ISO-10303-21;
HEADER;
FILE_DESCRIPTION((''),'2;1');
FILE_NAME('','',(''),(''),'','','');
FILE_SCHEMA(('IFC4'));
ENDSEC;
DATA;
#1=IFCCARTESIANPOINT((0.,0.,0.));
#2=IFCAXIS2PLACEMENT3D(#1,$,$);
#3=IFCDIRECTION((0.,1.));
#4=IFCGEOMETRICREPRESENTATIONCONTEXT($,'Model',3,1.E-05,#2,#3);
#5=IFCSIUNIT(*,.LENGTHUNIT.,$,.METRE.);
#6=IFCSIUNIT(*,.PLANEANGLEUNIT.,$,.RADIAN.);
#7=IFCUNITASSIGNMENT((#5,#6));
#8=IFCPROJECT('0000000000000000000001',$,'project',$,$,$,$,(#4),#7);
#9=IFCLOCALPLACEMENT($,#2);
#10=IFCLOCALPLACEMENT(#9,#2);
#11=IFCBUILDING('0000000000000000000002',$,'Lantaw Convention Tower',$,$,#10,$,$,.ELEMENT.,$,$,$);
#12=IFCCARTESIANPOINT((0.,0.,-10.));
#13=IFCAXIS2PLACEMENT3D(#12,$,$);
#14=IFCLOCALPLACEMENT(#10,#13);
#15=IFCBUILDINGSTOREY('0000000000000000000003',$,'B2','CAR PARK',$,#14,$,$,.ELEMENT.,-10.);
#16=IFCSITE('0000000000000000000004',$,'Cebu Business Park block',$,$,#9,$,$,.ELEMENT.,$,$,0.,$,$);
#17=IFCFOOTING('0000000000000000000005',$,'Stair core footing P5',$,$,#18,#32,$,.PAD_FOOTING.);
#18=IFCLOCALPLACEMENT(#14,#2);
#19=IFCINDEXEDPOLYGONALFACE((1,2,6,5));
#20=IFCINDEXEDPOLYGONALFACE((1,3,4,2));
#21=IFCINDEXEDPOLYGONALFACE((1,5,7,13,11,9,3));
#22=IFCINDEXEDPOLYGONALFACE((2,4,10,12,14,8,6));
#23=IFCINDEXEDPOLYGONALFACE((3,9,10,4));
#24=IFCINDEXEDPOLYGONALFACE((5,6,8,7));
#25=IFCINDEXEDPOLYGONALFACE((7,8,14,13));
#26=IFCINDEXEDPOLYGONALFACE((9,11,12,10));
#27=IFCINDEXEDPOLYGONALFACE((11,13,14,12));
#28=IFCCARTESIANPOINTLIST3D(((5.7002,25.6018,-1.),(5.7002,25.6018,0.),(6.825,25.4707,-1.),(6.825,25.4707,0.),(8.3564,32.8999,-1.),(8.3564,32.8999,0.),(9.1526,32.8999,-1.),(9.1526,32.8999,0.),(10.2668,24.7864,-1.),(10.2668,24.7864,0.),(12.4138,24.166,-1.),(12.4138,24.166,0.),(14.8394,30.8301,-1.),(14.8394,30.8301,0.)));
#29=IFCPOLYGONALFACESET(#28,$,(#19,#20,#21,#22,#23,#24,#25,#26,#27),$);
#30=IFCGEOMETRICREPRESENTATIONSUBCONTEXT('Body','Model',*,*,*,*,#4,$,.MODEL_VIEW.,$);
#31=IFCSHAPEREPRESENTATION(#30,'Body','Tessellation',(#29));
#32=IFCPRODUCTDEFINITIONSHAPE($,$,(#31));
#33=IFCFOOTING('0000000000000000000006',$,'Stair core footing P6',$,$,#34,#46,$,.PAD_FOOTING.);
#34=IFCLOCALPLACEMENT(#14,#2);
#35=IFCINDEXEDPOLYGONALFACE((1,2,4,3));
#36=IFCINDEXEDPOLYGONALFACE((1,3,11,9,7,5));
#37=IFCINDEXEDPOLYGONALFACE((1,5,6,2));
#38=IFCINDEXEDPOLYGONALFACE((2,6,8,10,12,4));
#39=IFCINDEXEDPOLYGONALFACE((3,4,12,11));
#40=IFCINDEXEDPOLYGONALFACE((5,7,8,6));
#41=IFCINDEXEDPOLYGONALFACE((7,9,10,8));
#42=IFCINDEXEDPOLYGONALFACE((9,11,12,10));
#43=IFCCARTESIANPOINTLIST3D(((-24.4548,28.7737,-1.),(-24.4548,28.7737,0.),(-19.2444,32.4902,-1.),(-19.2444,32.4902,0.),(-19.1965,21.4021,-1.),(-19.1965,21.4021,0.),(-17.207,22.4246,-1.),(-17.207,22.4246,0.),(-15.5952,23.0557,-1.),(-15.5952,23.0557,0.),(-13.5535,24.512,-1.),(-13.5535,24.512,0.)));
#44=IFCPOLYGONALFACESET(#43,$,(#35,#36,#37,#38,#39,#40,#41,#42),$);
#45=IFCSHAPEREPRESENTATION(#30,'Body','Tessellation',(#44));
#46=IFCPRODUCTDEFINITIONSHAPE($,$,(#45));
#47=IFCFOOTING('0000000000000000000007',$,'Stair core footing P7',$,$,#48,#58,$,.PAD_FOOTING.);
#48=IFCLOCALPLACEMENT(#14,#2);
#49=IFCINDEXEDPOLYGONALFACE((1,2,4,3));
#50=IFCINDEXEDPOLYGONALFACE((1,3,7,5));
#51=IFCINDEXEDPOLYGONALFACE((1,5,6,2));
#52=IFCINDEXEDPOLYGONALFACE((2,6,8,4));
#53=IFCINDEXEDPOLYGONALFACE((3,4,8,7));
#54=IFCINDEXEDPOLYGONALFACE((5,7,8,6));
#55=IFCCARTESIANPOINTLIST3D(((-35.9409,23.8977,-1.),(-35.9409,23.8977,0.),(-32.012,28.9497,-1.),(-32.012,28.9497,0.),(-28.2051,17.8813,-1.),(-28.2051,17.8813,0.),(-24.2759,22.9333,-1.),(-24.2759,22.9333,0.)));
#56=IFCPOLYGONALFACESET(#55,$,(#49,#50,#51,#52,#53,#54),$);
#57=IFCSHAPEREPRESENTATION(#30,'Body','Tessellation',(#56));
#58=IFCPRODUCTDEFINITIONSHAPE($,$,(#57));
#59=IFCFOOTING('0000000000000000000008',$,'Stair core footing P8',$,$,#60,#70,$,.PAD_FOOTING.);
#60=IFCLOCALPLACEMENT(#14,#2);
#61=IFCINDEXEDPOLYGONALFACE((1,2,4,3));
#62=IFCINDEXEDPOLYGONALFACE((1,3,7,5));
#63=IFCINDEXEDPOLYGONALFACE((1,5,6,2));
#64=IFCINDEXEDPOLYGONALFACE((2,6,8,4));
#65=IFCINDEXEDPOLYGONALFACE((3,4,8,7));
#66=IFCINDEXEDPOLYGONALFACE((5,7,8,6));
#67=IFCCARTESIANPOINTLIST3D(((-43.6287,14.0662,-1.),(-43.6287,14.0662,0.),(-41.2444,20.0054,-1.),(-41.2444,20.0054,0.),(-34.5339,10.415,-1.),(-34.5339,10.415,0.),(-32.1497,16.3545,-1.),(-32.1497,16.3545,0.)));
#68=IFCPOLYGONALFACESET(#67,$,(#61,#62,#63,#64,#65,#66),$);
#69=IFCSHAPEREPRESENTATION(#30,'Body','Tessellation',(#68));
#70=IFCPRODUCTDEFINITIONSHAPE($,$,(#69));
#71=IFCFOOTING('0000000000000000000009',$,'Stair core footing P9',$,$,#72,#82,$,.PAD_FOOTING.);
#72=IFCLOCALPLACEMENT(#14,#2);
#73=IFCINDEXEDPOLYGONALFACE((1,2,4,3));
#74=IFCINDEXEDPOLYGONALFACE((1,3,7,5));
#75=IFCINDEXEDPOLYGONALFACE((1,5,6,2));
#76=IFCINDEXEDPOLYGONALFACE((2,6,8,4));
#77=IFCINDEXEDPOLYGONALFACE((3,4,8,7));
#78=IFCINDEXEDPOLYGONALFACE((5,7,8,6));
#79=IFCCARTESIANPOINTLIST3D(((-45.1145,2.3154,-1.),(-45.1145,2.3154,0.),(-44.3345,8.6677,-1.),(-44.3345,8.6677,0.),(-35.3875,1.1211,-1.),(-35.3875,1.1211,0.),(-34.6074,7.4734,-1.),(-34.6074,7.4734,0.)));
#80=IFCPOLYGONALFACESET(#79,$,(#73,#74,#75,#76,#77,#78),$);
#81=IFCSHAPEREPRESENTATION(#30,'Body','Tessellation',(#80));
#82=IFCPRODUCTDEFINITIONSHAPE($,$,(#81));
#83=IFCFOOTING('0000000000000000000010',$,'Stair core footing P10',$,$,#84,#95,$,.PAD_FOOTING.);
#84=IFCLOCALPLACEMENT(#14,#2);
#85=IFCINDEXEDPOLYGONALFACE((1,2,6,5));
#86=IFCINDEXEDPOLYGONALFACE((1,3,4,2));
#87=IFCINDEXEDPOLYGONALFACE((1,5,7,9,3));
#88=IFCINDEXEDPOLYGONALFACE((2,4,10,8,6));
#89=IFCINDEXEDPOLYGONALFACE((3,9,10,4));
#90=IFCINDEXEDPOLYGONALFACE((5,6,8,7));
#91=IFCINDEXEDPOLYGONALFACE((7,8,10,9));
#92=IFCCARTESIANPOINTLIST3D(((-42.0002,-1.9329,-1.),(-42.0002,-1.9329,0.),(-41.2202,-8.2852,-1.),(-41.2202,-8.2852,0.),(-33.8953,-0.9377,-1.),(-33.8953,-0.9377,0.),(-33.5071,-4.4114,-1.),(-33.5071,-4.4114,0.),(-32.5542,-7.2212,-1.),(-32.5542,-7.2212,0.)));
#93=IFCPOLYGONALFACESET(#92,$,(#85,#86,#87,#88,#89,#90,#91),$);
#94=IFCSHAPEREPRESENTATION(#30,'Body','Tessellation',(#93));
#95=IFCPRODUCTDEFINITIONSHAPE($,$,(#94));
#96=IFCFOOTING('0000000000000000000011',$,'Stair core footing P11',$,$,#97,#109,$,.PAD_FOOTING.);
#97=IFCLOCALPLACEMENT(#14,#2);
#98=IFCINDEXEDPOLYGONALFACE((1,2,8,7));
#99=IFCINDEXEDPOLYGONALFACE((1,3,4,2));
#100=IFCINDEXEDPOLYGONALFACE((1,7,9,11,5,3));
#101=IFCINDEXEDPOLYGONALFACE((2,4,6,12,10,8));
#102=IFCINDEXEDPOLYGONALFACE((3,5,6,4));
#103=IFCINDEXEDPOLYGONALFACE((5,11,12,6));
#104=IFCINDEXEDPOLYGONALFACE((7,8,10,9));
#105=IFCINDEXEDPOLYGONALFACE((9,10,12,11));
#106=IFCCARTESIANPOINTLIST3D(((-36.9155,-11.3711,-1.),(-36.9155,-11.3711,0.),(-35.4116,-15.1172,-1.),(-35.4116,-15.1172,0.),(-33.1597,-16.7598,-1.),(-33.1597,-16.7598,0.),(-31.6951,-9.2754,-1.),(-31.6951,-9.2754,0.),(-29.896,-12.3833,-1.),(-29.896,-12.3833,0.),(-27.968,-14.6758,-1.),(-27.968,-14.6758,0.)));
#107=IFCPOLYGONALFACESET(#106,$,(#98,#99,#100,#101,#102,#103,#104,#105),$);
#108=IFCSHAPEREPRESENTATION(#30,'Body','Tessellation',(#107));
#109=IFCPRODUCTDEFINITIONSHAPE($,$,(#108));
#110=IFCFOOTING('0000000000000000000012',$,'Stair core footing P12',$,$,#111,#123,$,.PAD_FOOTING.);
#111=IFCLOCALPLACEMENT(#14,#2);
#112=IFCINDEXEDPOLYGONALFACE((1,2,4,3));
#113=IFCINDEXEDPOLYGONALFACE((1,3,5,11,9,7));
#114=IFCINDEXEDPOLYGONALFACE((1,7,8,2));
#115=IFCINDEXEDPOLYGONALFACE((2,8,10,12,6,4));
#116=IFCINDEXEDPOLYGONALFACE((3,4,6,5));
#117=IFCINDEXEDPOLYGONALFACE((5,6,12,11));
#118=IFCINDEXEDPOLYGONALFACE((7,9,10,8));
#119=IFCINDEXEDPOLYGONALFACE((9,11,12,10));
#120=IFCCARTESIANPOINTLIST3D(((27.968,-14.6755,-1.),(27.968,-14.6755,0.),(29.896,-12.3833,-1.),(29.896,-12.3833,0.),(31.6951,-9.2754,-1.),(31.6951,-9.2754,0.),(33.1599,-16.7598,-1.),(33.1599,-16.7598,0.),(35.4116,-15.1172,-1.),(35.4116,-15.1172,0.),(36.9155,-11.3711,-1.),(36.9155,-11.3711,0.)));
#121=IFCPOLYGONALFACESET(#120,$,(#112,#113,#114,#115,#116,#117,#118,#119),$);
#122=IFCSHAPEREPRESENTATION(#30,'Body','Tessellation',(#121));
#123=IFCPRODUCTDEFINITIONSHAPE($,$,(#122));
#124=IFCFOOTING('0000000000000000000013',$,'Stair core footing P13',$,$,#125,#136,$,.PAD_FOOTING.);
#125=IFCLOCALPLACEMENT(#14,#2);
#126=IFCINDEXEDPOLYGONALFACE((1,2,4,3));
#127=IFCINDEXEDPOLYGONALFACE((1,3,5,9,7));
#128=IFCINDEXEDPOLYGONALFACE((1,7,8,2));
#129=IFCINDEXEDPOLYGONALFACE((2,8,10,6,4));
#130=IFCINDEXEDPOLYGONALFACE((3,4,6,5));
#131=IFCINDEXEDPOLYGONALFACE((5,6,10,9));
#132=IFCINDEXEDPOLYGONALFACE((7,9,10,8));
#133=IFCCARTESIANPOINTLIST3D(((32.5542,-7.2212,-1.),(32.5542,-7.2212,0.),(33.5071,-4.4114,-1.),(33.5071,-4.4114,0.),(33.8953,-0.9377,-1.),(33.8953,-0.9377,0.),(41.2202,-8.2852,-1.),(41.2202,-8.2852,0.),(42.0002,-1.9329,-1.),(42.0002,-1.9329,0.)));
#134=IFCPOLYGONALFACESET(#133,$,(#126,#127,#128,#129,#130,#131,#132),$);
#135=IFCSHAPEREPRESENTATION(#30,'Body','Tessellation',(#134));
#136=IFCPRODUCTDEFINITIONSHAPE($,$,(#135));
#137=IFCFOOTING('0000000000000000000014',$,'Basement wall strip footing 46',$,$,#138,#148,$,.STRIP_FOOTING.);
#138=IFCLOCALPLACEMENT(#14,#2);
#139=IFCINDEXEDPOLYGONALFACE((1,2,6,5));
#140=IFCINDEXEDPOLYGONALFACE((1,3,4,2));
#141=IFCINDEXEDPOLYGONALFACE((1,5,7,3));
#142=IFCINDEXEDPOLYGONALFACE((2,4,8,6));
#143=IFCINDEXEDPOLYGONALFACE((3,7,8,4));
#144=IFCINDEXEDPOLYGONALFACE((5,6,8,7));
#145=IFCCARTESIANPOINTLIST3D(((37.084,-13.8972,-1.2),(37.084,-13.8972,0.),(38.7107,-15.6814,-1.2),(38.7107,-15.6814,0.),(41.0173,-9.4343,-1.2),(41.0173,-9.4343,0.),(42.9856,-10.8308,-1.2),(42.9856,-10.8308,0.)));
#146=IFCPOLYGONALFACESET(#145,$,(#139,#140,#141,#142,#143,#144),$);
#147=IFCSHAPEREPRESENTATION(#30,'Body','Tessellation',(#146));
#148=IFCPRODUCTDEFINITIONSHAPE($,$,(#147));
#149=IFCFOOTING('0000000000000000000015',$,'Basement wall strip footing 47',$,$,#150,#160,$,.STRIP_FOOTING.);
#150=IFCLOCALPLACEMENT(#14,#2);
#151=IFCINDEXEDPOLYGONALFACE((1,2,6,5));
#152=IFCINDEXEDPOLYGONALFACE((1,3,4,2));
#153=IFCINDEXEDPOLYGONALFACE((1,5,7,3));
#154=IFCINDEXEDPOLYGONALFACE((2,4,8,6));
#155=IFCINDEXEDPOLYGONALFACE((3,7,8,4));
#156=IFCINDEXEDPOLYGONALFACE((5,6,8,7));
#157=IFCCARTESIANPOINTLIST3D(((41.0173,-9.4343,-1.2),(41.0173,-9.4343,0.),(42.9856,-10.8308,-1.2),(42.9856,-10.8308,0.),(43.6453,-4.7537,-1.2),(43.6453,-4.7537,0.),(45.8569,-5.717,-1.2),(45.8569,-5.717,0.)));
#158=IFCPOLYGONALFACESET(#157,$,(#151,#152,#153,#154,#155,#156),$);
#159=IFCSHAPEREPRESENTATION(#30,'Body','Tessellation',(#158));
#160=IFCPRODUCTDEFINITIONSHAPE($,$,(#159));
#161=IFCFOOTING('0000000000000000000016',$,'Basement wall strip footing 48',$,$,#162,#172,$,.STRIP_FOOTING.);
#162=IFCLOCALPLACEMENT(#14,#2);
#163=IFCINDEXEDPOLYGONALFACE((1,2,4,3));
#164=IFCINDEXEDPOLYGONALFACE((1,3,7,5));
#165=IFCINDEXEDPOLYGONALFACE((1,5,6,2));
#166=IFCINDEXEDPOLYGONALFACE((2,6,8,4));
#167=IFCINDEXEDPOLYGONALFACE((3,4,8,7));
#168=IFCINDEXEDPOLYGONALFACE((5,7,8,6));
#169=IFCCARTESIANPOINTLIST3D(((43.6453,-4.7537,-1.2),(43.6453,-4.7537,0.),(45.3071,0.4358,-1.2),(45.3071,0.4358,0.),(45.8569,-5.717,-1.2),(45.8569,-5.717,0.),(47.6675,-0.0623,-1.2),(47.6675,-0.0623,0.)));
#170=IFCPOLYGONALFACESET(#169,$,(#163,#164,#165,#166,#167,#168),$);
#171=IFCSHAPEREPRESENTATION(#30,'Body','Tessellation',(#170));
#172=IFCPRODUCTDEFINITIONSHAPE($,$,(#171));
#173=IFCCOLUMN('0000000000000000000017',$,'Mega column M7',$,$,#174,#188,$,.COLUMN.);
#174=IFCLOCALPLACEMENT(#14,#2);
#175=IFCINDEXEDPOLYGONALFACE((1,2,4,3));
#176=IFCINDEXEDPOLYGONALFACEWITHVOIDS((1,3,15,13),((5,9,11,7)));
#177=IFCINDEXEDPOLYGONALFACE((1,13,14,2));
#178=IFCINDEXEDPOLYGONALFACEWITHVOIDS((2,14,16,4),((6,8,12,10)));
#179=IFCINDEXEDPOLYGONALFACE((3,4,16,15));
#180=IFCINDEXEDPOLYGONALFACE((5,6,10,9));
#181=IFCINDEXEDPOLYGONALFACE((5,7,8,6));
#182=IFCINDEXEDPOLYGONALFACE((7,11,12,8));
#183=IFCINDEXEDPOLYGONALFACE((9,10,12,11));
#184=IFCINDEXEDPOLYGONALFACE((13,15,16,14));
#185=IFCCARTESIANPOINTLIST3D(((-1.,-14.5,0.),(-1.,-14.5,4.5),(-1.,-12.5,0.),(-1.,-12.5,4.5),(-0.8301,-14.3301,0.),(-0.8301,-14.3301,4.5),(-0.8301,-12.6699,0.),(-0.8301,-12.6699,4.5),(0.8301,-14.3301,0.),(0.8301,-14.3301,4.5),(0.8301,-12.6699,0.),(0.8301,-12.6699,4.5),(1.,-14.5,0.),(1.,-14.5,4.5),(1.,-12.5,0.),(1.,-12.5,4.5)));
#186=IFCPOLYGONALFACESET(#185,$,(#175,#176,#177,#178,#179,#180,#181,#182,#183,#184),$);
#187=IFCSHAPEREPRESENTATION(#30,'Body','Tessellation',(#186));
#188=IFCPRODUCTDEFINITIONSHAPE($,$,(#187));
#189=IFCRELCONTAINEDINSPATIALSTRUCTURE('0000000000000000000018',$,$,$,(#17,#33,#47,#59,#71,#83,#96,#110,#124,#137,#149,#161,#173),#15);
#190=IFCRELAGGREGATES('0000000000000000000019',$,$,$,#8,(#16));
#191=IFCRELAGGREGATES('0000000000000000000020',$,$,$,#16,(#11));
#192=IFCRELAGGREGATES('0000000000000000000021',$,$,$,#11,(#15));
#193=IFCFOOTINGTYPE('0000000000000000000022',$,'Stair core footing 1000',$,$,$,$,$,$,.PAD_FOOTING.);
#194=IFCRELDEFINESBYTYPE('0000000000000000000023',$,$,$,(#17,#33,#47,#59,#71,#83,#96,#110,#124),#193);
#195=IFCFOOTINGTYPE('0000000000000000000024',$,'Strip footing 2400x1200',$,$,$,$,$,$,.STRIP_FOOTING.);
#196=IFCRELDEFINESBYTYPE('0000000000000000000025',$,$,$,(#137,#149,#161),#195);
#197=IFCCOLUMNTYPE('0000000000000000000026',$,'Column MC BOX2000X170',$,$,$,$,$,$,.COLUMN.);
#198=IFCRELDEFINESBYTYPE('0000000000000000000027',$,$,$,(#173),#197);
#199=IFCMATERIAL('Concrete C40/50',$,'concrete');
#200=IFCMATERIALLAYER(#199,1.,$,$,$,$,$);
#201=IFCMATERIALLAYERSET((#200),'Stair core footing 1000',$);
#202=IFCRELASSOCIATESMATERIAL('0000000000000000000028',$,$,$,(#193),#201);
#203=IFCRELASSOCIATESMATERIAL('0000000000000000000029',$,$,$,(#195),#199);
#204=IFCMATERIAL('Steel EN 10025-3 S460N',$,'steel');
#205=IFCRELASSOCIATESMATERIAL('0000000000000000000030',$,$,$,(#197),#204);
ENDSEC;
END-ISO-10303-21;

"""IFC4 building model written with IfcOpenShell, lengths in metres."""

from ifc_helpers import new_model, si_unit, direction, frame, origin, origin_2d, place, context, subcontext, project, spatial, polyline, rectangle, hollow_rectangle, outline, extrude, material, layer, layer_set, material_profile, profile_set, type_object, element, save


model = new_model("IFC4")

# Units and contexts
model_context = context("Model", 3, precision=1e-05, world=origin(), true_north=direction((0.0, 1.0)))
body_context = subcontext(model_context, "Body", "Model", "MODEL_VIEW")
ifc_project = project(units=[si_unit("LENGTHUNIT", "METRE"), si_unit("PLANEANGLEUNIT", "RADIAN")], contexts=[model_context])

# Site, building, storey
site_placement = place(None, origin())
site = spatial("IfcSite", under=ifc_project, at=site_placement, Name="Cebu Business Park block", CompositionType="ELEMENT", RefElevation=0.0)
building_placement = place(site_placement, origin())
building = spatial("IfcBuilding", under=site, at=building_placement, Name="Lantaw Convention Tower", CompositionType="ELEMENT")
storey_placement = place(building_placement, frame((0.0, 0.0, -10.0)))
storey = spatial("IfcBuildingStorey", under=building, at=storey_placement, Name="B2", Description="CAR PARK", CompositionType="ELEMENT", Elevation=-10.0)

# Footings
ifc_material_1 = material(Name="Concrete C40/50", Category="concrete")
ifc_layer_1 = layer(ifc_material_1, 1.0)
ifc_layer_set_1 = layer_set([ifc_layer_1], Name="Stair core footing 1000")
footing_type_1 = type_object("IfcFootingType", Name="Stair core footing 1000", PredefinedType="PAD_FOOTING", material=ifc_layer_set_1)
footing_1_placement = place(storey_placement, frame((0.0, 0.0, -1.0)))
element("IfcFooting", 1, at=footing_1_placement, inside=storey, type_object=footing_type_1, Name="Stair core footing P5", PredefinedType="PAD_FOOTING", context=body_context, shape_type="SweptSolid", body=[
    extrude(outline(polyline([(14.8394, 30.8301), (9.1526, 32.8999), (8.3564, 32.8999), (5.7002, 25.6018), (6.825, 25.4707), (10.2668, 24.7864), (12.4138, 24.166), (14.8394, 30.8301)])), origin(), (0.0, 0.0, 1.0), 1.0),
])
footing_2_placement = place(storey_placement, frame((0.0, 0.0, -1.0)))
element("IfcFooting", 2, at=footing_2_placement, inside=storey, type_object=footing_type_1, Name="Stair core footing P6", PredefinedType="PAD_FOOTING", context=body_context, shape_type="SweptSolid", body=[
    extrude(outline(polyline([(-24.4548, 28.7737), (-19.1965, 21.4021), (-17.207, 22.4246), (-15.5952, 23.0557), (-13.5535, 24.512), (-19.2444, 32.4902), (-24.4548, 28.7737)])), origin(), (0.0, 0.0, 1.0), 1.0),
])
footing_3_placement = place(storey_placement, frame((0.0, 0.0, -1.0)))
element("IfcFooting", 3, at=footing_3_placement, inside=storey, type_object=footing_type_1, Name="Stair core footing P7", PredefinedType="PAD_FOOTING", context=body_context, shape_type="SweptSolid", body=[
    extrude(outline(polyline([(-28.2051, 17.8813), (-24.2759, 22.9333), (-32.012, 28.9497), (-35.9409, 23.8977), (-28.2051, 17.8813)])), origin(), (0.0, 0.0, 1.0), 1.0),
])
footing_4_placement = place(storey_placement, frame((0.0, 0.0, -1.0)))
element("IfcFooting", 4, at=footing_4_placement, inside=storey, type_object=footing_type_1, Name="Stair core footing P8", PredefinedType="PAD_FOOTING", context=body_context, shape_type="SweptSolid", body=[
    extrude(outline(polyline([(-34.5339, 10.415), (-32.1497, 16.3545), (-41.2444, 20.0054), (-43.6287, 14.0662), (-34.5339, 10.415)])), origin(), (0.0, 0.0, 1.0), 1.0),
])
footing_5_placement = place(storey_placement, frame((0.0, 0.0, -1.0)))
element("IfcFooting", 5, at=footing_5_placement, inside=storey, type_object=footing_type_1, Name="Stair core footing P9", PredefinedType="PAD_FOOTING", context=body_context, shape_type="SweptSolid", body=[
    extrude(outline(polyline([(-35.3875, 1.1211), (-34.6074, 7.4734), (-44.3345, 8.6677), (-45.1145, 2.3154), (-35.3875, 1.1211)])), origin(), (0.0, 0.0, 1.0), 1.0),
])
footing_6_placement = place(storey_placement, frame((0.0, 0.0, -1.0)))
element("IfcFooting", 6, at=footing_6_placement, inside=storey, type_object=footing_type_1, Name="Stair core footing P10", PredefinedType="PAD_FOOTING", context=body_context, shape_type="SweptSolid", body=[
    extrude(outline(polyline([(-41.2202, -8.2852), (-32.5542, -7.2212), (-33.5071, -4.4114), (-33.8953, -0.9377), (-42.0002, -1.9329), (-41.2202, -8.2852)])), origin(), (0.0, 0.0, 1.0), 1.0),
])
footing_7_placement = place(storey_placement, frame((0.0, 0.0, -1.0)))
element("IfcFooting", 7, at=footing_7_placement, inside=storey, type_object=footing_type_1, Name="Stair core footing P11", PredefinedType="PAD_FOOTING", context=body_context, shape_type="SweptSolid", body=[
    extrude(outline(polyline([(-36.9155, -11.3711), (-35.4116, -15.1172), (-33.1597, -16.7598), (-27.968, -14.6758), (-29.896, -12.3833), (-31.6951, -9.2754), (-36.9155, -11.3711)])), origin(), (0.0, 0.0, 1.0), 1.0),
])
footing_8_placement = place(storey_placement, frame((0.0, 0.0, -1.0)))
element("IfcFooting", 8, at=footing_8_placement, inside=storey, type_object=footing_type_1, Name="Stair core footing P12", PredefinedType="PAD_FOOTING", context=body_context, shape_type="SweptSolid", body=[
    extrude(outline(polyline([(27.968, -14.6755), (33.1599, -16.7598), (35.4116, -15.1172), (36.9155, -11.3711), (31.6951, -9.2754), (29.896, -12.3833), (27.968, -14.6755)])), origin(), (0.0, 0.0, 1.0), 1.0),
])
footing_9_placement = place(storey_placement, frame((0.0, 0.0, -1.0)))
element("IfcFooting", 9, at=footing_9_placement, inside=storey, type_object=footing_type_1, Name="Stair core footing P13", PredefinedType="PAD_FOOTING", context=body_context, shape_type="SweptSolid", body=[
    extrude(outline(polyline([(42.0002, -1.9329), (33.8953, -0.9377), (33.5071, -4.4114), (32.5542, -7.2212), (41.2202, -8.2852), (42.0002, -1.9329)])), origin(), (0.0, 0.0, 1.0), 1.0),
])
footing_type_2 = type_object("IfcFootingType", Name="Strip footing 2400x1200", PredefinedType="STRIP_FOOTING", material=ifc_material_1)
footing_10_placement = place(storey_placement, frame((0.0, 0.0, -1.2)))
element("IfcFooting", 10, at=footing_10_placement, inside=storey, type_object=footing_type_2, Name="Basement wall strip footing 46", PredefinedType="STRIP_FOOTING", context=body_context, shape_type="SweptSolid", body=[
    extrude(outline(polyline([(38.7107, -15.6814), (42.9856, -10.8308), (41.0173, -9.4343), (37.084, -13.8972), (38.7107, -15.6814)])), origin(), (0.0, 0.0, 1.0), 1.2),
])
footing_11_placement = place(storey_placement, frame((0.0, 0.0, -1.2)))
element("IfcFooting", 11, at=footing_11_placement, inside=storey, type_object=footing_type_2, Name="Basement wall strip footing 47", PredefinedType="STRIP_FOOTING", context=body_context, shape_type="SweptSolid", body=[
    extrude(outline(polyline([(42.9856, -10.8308), (45.8569, -5.717), (43.6453, -4.7537), (41.0173, -9.4343), (42.9856, -10.8308)])), origin(), (0.0, 0.0, 1.0), 1.2),
])
footing_12_placement = place(storey_placement, frame((0.0, 0.0, -1.2)))
element("IfcFooting", 12, at=footing_12_placement, inside=storey, type_object=footing_type_2, Name="Basement wall strip footing 48", PredefinedType="STRIP_FOOTING", context=body_context, shape_type="SweptSolid", body=[
    extrude(outline(polyline([(45.8569, -5.717), (47.6675, -0.0623), (45.3071, 0.4358), (43.6453, -4.7537), (45.8569, -5.717)])), origin(), (0.0, 0.0, 1.0), 1.2),
])

# Column
ifc_material_2 = material(Name="Steel EN 10025-3 S460N", Category="steel")
ifc_material_profile_1 = material_profile(ifc_material_2, hollow_rectangle(XDim=2.0, YDim=2.0, WallThickness=0.1699, at=origin_2d()), Name="BOX2000X170")
ifc_material_3 = material(Name="Concrete C60/75", Category="concrete")
ifc_material_profile_2 = material_profile(ifc_material_3, rectangle(XDim=1.6599, YDim=1.6599, at=origin_2d()), Name="Concrete fill of BOX2000X170")
ifc_profile_set_1 = profile_set([ifc_material_profile_1, ifc_material_profile_2], Name="Steel EN 10025-3 S460N")
column_type_1 = type_object("IfcColumnType", Name="Column MC BOX2000X170", PredefinedType="COLUMN", material=ifc_profile_set_1)
column_1_placement = place(storey_placement, frame((0.0, -13.5, 0.0), z_axis=(0.0, 0.0, 1.0), x_axis=(1.0, 0.0, 0.0)))
element("IfcColumn", 13, at=column_1_placement, inside=storey, type_object=column_type_1, Name="Mega column M7", PredefinedType="COLUMN", context=body_context, shape_type="SweptSolid", body=[
    extrude(hollow_rectangle(XDim=2.0, YDim=2.0, WallThickness=0.1699, at=origin_2d()), origin(), (0.0, 0.0, 1.0), 4.5),
])

save(model, "model.ifc")
